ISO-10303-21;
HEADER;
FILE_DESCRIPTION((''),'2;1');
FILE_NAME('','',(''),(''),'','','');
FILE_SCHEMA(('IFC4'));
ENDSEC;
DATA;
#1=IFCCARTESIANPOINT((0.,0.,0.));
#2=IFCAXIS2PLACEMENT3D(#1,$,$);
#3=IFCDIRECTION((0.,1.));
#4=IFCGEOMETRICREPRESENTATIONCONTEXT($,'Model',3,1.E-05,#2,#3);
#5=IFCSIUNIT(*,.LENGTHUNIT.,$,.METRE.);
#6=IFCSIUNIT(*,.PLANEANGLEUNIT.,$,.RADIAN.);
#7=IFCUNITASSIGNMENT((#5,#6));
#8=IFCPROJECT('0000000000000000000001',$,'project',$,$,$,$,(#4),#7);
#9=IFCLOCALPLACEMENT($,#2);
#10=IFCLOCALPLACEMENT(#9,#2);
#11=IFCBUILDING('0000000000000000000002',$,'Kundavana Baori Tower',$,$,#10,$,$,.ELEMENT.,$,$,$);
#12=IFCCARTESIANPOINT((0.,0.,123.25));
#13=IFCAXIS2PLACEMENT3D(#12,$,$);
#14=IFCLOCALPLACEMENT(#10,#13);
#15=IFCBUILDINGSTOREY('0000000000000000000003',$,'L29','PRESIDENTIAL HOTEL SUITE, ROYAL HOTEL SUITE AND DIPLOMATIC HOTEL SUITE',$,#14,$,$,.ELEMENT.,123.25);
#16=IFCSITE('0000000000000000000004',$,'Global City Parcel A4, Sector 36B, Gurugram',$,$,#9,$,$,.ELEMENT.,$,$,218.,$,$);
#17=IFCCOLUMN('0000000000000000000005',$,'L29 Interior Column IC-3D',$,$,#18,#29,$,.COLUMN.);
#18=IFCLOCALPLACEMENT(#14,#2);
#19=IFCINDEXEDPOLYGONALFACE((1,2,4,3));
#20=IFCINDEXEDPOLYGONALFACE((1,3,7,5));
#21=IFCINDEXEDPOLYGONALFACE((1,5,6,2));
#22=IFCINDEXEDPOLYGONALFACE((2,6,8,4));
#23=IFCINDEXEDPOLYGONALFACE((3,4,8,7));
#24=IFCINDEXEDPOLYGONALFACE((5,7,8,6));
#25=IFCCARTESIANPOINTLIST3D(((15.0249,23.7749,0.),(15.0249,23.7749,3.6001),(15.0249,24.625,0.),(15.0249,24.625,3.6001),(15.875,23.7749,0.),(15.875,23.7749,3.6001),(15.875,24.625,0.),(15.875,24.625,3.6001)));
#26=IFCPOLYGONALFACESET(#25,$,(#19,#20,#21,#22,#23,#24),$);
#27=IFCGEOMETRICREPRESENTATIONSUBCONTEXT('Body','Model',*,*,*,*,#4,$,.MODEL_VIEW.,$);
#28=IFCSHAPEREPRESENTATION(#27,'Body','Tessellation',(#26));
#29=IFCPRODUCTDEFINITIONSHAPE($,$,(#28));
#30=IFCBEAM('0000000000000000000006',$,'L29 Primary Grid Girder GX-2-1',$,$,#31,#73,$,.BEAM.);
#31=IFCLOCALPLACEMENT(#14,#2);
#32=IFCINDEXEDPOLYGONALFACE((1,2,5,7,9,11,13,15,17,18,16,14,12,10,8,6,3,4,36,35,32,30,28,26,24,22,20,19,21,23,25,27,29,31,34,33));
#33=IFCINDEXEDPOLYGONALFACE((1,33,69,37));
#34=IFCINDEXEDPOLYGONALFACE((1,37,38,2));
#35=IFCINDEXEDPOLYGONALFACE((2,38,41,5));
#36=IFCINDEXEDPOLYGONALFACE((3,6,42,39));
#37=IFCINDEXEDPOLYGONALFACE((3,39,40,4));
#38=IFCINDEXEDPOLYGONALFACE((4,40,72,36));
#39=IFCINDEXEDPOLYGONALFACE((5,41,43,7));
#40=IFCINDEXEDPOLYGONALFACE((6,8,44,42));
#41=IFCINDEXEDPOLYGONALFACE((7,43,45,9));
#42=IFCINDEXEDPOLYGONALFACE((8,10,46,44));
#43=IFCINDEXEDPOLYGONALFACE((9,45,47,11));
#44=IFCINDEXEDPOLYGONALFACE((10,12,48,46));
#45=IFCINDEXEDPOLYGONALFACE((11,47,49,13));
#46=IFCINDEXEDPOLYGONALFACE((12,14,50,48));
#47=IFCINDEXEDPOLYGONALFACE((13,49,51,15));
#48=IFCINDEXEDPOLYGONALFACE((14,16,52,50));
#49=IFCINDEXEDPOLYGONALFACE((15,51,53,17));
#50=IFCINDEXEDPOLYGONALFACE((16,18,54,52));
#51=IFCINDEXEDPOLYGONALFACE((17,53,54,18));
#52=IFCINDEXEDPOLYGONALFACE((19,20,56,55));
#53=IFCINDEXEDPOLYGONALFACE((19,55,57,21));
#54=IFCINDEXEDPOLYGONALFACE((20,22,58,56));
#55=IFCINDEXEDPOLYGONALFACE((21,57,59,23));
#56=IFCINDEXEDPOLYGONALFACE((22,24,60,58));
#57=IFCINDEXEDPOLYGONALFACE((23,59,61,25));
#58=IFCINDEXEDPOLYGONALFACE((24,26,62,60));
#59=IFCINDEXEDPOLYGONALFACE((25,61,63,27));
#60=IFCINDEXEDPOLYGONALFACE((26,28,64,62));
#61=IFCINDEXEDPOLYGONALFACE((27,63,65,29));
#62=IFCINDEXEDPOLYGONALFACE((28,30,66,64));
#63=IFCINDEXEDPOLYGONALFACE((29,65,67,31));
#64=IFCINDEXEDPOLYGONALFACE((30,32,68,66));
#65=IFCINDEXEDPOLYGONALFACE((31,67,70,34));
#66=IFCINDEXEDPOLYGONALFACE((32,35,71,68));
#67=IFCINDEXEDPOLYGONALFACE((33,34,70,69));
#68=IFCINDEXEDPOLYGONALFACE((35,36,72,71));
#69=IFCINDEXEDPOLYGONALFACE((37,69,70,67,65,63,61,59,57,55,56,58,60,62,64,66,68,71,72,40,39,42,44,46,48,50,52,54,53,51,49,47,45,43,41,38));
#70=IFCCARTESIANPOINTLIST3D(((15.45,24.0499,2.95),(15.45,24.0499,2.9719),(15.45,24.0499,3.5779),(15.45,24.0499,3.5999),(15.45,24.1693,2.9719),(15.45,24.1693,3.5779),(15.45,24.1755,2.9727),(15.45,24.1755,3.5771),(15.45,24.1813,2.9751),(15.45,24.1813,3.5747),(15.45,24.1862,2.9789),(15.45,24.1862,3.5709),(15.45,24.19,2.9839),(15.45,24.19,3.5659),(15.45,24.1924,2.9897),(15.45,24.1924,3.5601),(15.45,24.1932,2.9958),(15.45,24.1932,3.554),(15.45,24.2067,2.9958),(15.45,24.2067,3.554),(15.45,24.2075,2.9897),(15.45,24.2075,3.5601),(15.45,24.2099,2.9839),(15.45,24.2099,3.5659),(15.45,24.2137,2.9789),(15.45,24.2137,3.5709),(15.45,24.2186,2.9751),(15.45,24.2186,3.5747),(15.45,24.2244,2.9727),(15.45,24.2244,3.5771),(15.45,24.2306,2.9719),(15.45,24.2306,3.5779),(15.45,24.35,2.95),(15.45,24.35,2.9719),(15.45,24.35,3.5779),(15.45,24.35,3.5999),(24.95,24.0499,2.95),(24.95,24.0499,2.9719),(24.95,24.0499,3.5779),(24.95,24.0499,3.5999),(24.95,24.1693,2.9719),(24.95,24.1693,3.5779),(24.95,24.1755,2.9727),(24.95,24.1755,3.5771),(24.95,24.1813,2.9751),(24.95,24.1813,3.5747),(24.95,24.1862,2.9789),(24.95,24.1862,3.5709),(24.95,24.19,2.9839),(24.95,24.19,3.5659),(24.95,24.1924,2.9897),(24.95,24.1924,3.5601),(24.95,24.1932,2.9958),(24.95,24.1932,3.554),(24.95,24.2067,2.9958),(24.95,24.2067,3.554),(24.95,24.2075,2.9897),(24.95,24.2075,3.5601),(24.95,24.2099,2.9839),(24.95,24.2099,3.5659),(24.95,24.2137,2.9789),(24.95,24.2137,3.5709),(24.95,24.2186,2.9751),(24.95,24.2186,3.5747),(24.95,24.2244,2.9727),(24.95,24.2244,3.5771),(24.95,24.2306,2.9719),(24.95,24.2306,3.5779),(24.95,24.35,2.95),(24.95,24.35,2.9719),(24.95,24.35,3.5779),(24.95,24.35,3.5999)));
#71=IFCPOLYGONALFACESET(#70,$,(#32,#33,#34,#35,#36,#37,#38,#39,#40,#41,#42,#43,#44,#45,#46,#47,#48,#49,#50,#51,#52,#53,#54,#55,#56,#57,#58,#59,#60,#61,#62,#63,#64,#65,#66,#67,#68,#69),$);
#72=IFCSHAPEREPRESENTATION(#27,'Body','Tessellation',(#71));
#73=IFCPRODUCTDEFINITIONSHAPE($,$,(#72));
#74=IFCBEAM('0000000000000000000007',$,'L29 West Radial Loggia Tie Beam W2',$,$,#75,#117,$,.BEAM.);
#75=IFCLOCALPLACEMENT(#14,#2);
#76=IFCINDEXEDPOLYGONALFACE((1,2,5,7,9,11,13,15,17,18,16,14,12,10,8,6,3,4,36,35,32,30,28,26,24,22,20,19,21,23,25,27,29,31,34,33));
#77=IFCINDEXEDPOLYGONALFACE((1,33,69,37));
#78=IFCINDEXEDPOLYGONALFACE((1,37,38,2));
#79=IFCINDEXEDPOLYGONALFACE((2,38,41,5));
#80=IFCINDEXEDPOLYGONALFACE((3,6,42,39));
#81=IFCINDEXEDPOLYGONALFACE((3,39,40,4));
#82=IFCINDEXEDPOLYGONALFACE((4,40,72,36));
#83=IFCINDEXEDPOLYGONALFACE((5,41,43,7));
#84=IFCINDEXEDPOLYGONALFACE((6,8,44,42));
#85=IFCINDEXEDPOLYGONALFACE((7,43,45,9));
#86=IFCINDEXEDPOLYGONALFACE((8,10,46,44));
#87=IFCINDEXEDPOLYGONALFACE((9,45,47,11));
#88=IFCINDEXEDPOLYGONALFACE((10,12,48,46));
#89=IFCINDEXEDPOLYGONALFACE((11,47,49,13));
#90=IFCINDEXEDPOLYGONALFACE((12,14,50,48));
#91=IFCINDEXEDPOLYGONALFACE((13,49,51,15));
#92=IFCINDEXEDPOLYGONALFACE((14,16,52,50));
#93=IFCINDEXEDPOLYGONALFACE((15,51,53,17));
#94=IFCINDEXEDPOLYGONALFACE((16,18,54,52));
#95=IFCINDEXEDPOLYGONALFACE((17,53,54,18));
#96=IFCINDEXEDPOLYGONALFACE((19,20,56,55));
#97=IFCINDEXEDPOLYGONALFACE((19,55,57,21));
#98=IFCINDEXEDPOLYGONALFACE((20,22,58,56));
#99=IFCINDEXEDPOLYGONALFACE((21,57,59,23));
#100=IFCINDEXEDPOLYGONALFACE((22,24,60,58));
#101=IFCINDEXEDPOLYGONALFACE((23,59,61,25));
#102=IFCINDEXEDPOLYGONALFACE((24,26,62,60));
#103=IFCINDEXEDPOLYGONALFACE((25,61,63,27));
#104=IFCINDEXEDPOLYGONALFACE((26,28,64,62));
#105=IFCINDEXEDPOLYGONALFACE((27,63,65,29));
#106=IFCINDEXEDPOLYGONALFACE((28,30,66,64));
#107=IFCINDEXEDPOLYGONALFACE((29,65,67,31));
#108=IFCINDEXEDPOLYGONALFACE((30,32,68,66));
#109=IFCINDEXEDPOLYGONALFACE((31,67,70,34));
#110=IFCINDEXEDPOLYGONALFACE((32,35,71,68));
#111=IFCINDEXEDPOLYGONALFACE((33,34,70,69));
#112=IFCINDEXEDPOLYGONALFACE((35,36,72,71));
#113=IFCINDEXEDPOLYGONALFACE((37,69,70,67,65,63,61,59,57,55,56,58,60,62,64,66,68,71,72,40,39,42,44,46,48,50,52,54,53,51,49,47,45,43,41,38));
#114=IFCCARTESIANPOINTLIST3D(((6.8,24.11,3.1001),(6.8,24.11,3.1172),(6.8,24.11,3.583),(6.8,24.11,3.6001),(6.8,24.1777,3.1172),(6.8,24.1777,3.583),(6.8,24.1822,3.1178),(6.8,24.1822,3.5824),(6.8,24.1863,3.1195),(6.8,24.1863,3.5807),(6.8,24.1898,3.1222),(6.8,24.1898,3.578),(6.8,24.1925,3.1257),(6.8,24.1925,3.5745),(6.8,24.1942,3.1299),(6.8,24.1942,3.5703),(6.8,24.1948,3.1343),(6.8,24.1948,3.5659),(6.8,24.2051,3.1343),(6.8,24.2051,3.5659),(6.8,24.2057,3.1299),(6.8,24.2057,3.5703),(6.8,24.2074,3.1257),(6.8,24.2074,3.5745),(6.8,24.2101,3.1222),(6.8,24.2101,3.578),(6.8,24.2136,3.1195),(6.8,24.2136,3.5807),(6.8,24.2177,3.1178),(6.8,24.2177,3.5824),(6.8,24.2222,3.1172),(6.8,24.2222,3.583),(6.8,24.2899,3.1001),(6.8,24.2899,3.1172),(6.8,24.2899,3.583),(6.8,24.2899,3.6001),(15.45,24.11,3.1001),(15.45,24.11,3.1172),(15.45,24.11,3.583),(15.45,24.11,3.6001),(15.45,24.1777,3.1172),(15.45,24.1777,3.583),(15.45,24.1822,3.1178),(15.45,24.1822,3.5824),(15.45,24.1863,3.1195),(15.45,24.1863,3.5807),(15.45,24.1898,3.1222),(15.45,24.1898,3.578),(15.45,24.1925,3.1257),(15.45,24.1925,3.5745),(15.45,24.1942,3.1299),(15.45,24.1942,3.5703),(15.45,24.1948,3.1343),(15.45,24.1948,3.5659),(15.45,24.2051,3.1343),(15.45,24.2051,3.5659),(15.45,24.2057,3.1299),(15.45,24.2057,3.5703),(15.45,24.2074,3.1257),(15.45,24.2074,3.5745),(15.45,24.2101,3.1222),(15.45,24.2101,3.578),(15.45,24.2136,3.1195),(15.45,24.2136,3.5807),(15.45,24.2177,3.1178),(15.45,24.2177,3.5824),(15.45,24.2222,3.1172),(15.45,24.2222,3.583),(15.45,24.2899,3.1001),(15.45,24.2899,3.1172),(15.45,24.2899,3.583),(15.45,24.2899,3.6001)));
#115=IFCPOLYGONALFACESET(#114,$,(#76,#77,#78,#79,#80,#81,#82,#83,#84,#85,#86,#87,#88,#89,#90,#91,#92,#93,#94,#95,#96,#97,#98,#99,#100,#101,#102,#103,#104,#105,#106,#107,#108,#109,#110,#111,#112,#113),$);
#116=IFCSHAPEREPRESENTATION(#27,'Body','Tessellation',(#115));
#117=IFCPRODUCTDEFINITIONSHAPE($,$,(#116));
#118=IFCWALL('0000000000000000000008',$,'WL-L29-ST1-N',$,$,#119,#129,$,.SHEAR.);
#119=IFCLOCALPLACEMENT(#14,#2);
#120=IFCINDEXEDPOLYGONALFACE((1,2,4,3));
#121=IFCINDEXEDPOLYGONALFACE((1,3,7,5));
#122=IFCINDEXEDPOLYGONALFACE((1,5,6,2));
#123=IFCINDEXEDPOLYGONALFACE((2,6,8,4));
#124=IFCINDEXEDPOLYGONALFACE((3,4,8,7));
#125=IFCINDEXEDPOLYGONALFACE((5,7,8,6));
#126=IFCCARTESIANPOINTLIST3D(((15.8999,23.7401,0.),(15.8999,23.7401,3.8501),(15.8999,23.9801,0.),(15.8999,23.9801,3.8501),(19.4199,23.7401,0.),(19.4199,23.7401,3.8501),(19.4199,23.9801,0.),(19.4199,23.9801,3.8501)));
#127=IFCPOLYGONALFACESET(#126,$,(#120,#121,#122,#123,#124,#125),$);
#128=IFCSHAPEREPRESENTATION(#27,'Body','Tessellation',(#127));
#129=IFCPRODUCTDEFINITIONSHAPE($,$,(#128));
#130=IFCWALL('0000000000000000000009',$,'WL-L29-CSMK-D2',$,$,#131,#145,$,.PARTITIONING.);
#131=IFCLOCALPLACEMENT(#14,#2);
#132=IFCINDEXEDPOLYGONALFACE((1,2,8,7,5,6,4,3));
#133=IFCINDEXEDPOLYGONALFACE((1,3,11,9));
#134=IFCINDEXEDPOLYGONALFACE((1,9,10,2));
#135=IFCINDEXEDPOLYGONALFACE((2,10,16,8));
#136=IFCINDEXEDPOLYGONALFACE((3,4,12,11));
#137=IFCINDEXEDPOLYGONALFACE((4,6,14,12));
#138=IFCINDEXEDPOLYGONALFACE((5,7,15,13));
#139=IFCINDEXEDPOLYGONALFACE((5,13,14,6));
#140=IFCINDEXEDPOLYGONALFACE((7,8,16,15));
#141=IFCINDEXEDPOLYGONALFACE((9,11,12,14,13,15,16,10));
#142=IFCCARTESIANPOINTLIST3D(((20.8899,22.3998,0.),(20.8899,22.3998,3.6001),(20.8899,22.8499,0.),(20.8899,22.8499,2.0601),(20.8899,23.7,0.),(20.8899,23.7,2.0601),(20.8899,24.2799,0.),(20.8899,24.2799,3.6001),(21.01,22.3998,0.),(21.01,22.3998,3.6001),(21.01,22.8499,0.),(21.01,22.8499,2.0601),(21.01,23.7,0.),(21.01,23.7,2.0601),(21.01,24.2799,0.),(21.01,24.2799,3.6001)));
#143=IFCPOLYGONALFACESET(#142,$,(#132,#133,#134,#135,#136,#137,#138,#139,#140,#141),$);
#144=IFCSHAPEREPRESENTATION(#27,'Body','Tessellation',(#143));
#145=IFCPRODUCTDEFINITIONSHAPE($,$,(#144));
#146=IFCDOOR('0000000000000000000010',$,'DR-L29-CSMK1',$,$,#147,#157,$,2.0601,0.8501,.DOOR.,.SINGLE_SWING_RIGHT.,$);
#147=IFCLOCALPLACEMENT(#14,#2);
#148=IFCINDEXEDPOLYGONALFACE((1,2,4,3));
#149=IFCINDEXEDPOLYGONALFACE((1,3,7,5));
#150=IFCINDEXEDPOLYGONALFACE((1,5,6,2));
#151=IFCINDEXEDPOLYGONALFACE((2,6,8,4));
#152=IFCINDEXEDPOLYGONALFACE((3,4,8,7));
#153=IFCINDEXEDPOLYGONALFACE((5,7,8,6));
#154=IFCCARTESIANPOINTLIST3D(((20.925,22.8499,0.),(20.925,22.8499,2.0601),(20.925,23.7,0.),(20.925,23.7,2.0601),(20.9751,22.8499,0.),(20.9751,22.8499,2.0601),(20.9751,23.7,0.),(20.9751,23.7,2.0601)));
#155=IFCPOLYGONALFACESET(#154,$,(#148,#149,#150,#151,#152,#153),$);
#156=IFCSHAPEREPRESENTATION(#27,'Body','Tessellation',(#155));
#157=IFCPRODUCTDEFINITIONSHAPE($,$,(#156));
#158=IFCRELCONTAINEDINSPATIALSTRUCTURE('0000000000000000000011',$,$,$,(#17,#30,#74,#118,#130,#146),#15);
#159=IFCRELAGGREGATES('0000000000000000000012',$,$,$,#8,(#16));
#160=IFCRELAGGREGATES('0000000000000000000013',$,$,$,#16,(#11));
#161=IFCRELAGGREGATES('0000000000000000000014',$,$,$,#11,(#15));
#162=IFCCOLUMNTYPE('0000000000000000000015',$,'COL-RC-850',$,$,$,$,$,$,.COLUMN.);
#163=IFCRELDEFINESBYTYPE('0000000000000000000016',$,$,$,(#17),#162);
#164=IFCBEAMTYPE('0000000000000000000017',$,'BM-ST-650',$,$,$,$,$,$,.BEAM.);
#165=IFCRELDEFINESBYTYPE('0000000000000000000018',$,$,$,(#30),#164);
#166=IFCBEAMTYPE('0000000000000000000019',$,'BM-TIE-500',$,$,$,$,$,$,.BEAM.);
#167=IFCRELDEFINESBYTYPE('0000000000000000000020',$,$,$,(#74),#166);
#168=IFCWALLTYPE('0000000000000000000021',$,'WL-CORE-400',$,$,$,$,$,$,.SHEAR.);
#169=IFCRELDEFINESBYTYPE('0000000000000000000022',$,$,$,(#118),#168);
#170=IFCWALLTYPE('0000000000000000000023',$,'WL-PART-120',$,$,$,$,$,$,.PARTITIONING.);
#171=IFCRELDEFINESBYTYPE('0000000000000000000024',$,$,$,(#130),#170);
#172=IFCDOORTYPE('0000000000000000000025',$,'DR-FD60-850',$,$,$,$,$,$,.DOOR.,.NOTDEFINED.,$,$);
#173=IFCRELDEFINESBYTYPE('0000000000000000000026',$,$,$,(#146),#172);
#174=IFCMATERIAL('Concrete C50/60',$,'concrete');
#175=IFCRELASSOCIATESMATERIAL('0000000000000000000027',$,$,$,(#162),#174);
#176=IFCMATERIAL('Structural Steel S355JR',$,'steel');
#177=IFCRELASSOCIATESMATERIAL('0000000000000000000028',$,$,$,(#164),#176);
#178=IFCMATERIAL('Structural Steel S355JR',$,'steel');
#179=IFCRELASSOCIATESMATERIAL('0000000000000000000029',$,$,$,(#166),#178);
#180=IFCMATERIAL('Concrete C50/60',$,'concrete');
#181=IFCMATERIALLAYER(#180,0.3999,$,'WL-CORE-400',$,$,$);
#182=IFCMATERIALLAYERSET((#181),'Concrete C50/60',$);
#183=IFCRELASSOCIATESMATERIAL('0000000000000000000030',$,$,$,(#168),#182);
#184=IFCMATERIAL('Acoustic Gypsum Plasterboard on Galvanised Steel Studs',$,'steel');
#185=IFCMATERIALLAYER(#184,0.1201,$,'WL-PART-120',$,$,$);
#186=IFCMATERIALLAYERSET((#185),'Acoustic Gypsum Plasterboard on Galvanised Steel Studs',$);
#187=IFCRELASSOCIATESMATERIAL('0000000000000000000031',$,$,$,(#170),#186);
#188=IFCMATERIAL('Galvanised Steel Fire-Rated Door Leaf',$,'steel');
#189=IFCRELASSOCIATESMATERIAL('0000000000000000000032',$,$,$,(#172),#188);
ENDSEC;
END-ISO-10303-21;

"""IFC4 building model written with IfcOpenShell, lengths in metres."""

from ifc_helpers import new_model, si_unit, direction, frame, frame_2d, origin, origin_2d, place, context, subcontext, project, spatial, rectangle, i_section, extrude, material, layer, layer_set, material_profile, profile_set, type_object, element, fill, save


model = new_model("IFC4")

# Units and contexts
model_context = context("Model", 3, precision=1e-05, world=origin(), true_north=direction((0.0, 1.0)))
body_context = subcontext(model_context, "Body", "Model", "MODEL_VIEW")
ifc_project = project(units=[si_unit("LENGTHUNIT", "METRE"), si_unit("PLANEANGLEUNIT", "RADIAN")], contexts=[model_context])

# Site, building, storey
site_placement = place(None, origin())
site = spatial("IfcSite", under=ifc_project, at=site_placement, Name="Global City Parcel A4, Sector 36B, Gurugram", CompositionType="ELEMENT", RefElevation=218.0)
building_placement = place(site_placement, origin())
building = spatial("IfcBuilding", under=site, at=building_placement, Name="Kundavana Baori Tower", CompositionType="ELEMENT")
storey_placement = place(building_placement, frame((0.0, 0.0, 123.25)))
storey = spatial("IfcBuildingStorey", under=building, at=storey_placement, Name="L29", Description="PRESIDENTIAL HOTEL SUITE, ROYAL HOTEL SUITE AND DIPLOMATIC HOTEL SUITE", CompositionType="ELEMENT", Elevation=123.25)

# Column
ifc_material_1 = material(Name="Concrete C50/60", Category="concrete")
ifc_material_profile_1 = material_profile(ifc_material_1, rectangle(XDim=0.8501, YDim=0.8501, at=origin_2d()), Name="RC 850x850")
ifc_profile_set_1 = profile_set([ifc_material_profile_1], Name="Concrete C50/60")
column_type = type_object("IfcColumnType", Name="COL-RC-850", PredefinedType="COLUMN", material=ifc_profile_set_1)
column_placement = place(storey_placement, frame((15.45, 24.2, 0.0), z_axis=(0.0, 0.0, 1.0), x_axis=(1.0, 0.0, 0.0)))
element("IfcColumn", 1, at=column_placement, inside=storey, type_object=column_type, Name="L29 Interior Column IC-3D", PredefinedType="COLUMN", context=body_context, shape_type="SweptSolid", body=[
    extrude(rectangle(XDim=0.8501, YDim=0.8501, at=origin_2d()), origin(), (0.0, 0.0, 1.0), 3.6001),
])

# Beams
ifc_material_2 = material(Name="Structural Steel S355JR", Category="steel")
ifc_material_profile_2 = material_profile(ifc_material_2, i_section(OverallWidth=0.3, OverallDepth=0.6499, WebThickness=0.0134, FlangeThickness=0.022, FilletRadius=0.0239, at=origin_2d()), Name="NPB 650x300x155")
ifc_profile_set_2 = profile_set([ifc_material_profile_2], Name="Structural Steel S355JR")
beam_type_1 = type_object("IfcBeamType", Name="BM-ST-650", PredefinedType="BEAM", material=ifc_profile_set_2)
beam_1_placement = place(storey_placement, frame((15.45, 24.2, 3.2749), z_axis=(1.0, 0.0, 0.0), x_axis=(0.0, 1.0, 0.0)))
element("IfcBeam", 2, at=beam_1_placement, inside=storey, type_object=beam_type_1, Name="L29 Primary Grid Girder GX-2-1", PredefinedType="BEAM", context=body_context, shape_type="SweptSolid", body=[
    extrude(i_section(OverallWidth=0.3, OverallDepth=0.6499, WebThickness=0.0134, FlangeThickness=0.022, FilletRadius=0.0239, at=origin_2d()), origin(), (0.0, 0.0, 1.0), 9.5),
])
ifc_material_3 = material(Name="Structural Steel S355JR", Category="steel")
ifc_material_profile_3 = material_profile(ifc_material_3, i_section(OverallWidth=0.1799, OverallDepth=0.5, WebThickness=0.0103, FlangeThickness=0.0171, FilletRadius=0.0171, at=origin_2d()), Name="ISMB 500")
ifc_profile_set_3 = profile_set([ifc_material_profile_3], Name="Structural Steel S355JR")
beam_type_2 = type_object("IfcBeamType", Name="BM-TIE-500", PredefinedType="BEAM", material=ifc_profile_set_3)
beam_2_placement = place(storey_placement, frame((15.45, 24.2, 3.3501), z_axis=(-1.0, 0.0, 0.0), x_axis=(0.0, -1.0, 0.0)))
element("IfcBeam", 3, at=beam_2_placement, inside=storey, type_object=beam_type_2, Name="L29 West Radial Loggia Tie Beam W2", PredefinedType="BEAM", context=body_context, shape_type="SweptSolid", body=[
    extrude(i_section(OverallWidth=0.1799, OverallDepth=0.5, WebThickness=0.0103, FlangeThickness=0.0171, FilletRadius=0.0171, at=origin_2d()), origin(), (0.0, 0.0, 1.0), 8.6499),
])

# Wall
ifc_material_4 = material(Name="Concrete C50/60", Category="concrete")
ifc_layer_1 = layer(ifc_material_4, 0.3999, Name="WL-CORE-400")
ifc_layer_set_1 = layer_set([ifc_layer_1], Name="Concrete C50/60")
wall_type_1 = type_object("IfcWallType", Name="WL-CORE-400", PredefinedType="SHEAR", material=ifc_layer_set_1)
wall_1_placement = place(storey_placement, frame((15.8999, 23.8601, 0.0), z_axis=(0.0, 0.0, 1.0), x_axis=(1.0, 0.0, 0.0)))
element("IfcWall", 4, at=wall_1_placement, inside=storey, type_object=wall_type_1, Name="WL-L29-ST1-N", PredefinedType="SHEAR", context=body_context, shape_type="SweptSolid", body=[
    extrude(rectangle(XDim=3.52, YDim=0.24, at=frame_2d((1.76, 0.0))), origin(), (0.0, 0.0, 1.0), 3.8501),
])

# Wall, opening, door
ifc_material_5 = material(Name="Acoustic Gypsum Plasterboard on Galvanised Steel Studs", Category="steel")
ifc_layer_2 = layer(ifc_material_5, 0.1201, Name="WL-PART-120")
ifc_layer_set_2 = layer_set([ifc_layer_2], Name="Acoustic Gypsum Plasterboard on Galvanised Steel Studs")
wall_type_2 = type_object("IfcWallType", Name="WL-PART-120", PredefinedType="PARTITIONING", material=ifc_layer_set_2)
wall_2_placement = place(storey_placement, frame((20.95, 22.3999, 0.0), z_axis=(0.0, 0.0, 1.0), x_axis=(0.0, 1.0, 0.0)))
wall_2 = element("IfcWall", 5, at=wall_2_placement, inside=storey, type_object=wall_type_2, Name="WL-L29-CSMK-D2", PredefinedType="PARTITIONING", context=body_context, shape_type="SweptSolid", body=[
    extrude(rectangle(XDim=1.8801, YDim=0.1201, at=frame_2d((0.9399, 0.0))), origin(), (0.0, 0.0, 1.0), 3.6001),
])
opening_1_placement = place(wall_2_placement, frame((0.45, 0.0, 0.0)))
opening_1 = element("IfcOpeningElement", 6, at=opening_1_placement, cuts=wall_2, PredefinedType="OPENING", context=body_context, shape_type="SweptSolid", body=[
    extrude(rectangle(XDim=0.8501, YDim=2.0601, at=frame_2d((0.425, 1.03))), frame((0.0, 0.0701, 0.0), z_axis=(0.0, -1.0, 0.0), x_axis=(1.0, 0.0, 0.0)), (0.0, 0.0, 1.0), 0.1401),
])
ifc_material_6 = material(Name="Galvanised Steel Fire-Rated Door Leaf", Category="steel")
door_type_1 = type_object("IfcDoorType", Name="DR-FD60-850", OperationType="NOTDEFINED", PredefinedType="DOOR", material=ifc_material_6)
door_1_placement = place(opening_1_placement, origin())
door_1 = element("IfcDoor", 7, at=door_1_placement, inside=storey, type_object=door_type_1, Name="DR-L29-CSMK1", OperationType="SINGLE_SWING_RIGHT", OverallHeight=2.0601, OverallWidth=0.8501, PredefinedType="DOOR", context=body_context, shape_type="SweptSolid", body=[
    extrude(rectangle(XDim=0.8501, YDim=2.0601, at=frame_2d((0.425, 1.03))), frame((0.0, 0.0249, 0.0), z_axis=(0.0, -1.0, 0.0), x_axis=(1.0, 0.0, 0.0)), (0.0, 0.0, 1.0), 0.05),
])
fill(opening_1, door_1)

save(model, "model.ifc")
